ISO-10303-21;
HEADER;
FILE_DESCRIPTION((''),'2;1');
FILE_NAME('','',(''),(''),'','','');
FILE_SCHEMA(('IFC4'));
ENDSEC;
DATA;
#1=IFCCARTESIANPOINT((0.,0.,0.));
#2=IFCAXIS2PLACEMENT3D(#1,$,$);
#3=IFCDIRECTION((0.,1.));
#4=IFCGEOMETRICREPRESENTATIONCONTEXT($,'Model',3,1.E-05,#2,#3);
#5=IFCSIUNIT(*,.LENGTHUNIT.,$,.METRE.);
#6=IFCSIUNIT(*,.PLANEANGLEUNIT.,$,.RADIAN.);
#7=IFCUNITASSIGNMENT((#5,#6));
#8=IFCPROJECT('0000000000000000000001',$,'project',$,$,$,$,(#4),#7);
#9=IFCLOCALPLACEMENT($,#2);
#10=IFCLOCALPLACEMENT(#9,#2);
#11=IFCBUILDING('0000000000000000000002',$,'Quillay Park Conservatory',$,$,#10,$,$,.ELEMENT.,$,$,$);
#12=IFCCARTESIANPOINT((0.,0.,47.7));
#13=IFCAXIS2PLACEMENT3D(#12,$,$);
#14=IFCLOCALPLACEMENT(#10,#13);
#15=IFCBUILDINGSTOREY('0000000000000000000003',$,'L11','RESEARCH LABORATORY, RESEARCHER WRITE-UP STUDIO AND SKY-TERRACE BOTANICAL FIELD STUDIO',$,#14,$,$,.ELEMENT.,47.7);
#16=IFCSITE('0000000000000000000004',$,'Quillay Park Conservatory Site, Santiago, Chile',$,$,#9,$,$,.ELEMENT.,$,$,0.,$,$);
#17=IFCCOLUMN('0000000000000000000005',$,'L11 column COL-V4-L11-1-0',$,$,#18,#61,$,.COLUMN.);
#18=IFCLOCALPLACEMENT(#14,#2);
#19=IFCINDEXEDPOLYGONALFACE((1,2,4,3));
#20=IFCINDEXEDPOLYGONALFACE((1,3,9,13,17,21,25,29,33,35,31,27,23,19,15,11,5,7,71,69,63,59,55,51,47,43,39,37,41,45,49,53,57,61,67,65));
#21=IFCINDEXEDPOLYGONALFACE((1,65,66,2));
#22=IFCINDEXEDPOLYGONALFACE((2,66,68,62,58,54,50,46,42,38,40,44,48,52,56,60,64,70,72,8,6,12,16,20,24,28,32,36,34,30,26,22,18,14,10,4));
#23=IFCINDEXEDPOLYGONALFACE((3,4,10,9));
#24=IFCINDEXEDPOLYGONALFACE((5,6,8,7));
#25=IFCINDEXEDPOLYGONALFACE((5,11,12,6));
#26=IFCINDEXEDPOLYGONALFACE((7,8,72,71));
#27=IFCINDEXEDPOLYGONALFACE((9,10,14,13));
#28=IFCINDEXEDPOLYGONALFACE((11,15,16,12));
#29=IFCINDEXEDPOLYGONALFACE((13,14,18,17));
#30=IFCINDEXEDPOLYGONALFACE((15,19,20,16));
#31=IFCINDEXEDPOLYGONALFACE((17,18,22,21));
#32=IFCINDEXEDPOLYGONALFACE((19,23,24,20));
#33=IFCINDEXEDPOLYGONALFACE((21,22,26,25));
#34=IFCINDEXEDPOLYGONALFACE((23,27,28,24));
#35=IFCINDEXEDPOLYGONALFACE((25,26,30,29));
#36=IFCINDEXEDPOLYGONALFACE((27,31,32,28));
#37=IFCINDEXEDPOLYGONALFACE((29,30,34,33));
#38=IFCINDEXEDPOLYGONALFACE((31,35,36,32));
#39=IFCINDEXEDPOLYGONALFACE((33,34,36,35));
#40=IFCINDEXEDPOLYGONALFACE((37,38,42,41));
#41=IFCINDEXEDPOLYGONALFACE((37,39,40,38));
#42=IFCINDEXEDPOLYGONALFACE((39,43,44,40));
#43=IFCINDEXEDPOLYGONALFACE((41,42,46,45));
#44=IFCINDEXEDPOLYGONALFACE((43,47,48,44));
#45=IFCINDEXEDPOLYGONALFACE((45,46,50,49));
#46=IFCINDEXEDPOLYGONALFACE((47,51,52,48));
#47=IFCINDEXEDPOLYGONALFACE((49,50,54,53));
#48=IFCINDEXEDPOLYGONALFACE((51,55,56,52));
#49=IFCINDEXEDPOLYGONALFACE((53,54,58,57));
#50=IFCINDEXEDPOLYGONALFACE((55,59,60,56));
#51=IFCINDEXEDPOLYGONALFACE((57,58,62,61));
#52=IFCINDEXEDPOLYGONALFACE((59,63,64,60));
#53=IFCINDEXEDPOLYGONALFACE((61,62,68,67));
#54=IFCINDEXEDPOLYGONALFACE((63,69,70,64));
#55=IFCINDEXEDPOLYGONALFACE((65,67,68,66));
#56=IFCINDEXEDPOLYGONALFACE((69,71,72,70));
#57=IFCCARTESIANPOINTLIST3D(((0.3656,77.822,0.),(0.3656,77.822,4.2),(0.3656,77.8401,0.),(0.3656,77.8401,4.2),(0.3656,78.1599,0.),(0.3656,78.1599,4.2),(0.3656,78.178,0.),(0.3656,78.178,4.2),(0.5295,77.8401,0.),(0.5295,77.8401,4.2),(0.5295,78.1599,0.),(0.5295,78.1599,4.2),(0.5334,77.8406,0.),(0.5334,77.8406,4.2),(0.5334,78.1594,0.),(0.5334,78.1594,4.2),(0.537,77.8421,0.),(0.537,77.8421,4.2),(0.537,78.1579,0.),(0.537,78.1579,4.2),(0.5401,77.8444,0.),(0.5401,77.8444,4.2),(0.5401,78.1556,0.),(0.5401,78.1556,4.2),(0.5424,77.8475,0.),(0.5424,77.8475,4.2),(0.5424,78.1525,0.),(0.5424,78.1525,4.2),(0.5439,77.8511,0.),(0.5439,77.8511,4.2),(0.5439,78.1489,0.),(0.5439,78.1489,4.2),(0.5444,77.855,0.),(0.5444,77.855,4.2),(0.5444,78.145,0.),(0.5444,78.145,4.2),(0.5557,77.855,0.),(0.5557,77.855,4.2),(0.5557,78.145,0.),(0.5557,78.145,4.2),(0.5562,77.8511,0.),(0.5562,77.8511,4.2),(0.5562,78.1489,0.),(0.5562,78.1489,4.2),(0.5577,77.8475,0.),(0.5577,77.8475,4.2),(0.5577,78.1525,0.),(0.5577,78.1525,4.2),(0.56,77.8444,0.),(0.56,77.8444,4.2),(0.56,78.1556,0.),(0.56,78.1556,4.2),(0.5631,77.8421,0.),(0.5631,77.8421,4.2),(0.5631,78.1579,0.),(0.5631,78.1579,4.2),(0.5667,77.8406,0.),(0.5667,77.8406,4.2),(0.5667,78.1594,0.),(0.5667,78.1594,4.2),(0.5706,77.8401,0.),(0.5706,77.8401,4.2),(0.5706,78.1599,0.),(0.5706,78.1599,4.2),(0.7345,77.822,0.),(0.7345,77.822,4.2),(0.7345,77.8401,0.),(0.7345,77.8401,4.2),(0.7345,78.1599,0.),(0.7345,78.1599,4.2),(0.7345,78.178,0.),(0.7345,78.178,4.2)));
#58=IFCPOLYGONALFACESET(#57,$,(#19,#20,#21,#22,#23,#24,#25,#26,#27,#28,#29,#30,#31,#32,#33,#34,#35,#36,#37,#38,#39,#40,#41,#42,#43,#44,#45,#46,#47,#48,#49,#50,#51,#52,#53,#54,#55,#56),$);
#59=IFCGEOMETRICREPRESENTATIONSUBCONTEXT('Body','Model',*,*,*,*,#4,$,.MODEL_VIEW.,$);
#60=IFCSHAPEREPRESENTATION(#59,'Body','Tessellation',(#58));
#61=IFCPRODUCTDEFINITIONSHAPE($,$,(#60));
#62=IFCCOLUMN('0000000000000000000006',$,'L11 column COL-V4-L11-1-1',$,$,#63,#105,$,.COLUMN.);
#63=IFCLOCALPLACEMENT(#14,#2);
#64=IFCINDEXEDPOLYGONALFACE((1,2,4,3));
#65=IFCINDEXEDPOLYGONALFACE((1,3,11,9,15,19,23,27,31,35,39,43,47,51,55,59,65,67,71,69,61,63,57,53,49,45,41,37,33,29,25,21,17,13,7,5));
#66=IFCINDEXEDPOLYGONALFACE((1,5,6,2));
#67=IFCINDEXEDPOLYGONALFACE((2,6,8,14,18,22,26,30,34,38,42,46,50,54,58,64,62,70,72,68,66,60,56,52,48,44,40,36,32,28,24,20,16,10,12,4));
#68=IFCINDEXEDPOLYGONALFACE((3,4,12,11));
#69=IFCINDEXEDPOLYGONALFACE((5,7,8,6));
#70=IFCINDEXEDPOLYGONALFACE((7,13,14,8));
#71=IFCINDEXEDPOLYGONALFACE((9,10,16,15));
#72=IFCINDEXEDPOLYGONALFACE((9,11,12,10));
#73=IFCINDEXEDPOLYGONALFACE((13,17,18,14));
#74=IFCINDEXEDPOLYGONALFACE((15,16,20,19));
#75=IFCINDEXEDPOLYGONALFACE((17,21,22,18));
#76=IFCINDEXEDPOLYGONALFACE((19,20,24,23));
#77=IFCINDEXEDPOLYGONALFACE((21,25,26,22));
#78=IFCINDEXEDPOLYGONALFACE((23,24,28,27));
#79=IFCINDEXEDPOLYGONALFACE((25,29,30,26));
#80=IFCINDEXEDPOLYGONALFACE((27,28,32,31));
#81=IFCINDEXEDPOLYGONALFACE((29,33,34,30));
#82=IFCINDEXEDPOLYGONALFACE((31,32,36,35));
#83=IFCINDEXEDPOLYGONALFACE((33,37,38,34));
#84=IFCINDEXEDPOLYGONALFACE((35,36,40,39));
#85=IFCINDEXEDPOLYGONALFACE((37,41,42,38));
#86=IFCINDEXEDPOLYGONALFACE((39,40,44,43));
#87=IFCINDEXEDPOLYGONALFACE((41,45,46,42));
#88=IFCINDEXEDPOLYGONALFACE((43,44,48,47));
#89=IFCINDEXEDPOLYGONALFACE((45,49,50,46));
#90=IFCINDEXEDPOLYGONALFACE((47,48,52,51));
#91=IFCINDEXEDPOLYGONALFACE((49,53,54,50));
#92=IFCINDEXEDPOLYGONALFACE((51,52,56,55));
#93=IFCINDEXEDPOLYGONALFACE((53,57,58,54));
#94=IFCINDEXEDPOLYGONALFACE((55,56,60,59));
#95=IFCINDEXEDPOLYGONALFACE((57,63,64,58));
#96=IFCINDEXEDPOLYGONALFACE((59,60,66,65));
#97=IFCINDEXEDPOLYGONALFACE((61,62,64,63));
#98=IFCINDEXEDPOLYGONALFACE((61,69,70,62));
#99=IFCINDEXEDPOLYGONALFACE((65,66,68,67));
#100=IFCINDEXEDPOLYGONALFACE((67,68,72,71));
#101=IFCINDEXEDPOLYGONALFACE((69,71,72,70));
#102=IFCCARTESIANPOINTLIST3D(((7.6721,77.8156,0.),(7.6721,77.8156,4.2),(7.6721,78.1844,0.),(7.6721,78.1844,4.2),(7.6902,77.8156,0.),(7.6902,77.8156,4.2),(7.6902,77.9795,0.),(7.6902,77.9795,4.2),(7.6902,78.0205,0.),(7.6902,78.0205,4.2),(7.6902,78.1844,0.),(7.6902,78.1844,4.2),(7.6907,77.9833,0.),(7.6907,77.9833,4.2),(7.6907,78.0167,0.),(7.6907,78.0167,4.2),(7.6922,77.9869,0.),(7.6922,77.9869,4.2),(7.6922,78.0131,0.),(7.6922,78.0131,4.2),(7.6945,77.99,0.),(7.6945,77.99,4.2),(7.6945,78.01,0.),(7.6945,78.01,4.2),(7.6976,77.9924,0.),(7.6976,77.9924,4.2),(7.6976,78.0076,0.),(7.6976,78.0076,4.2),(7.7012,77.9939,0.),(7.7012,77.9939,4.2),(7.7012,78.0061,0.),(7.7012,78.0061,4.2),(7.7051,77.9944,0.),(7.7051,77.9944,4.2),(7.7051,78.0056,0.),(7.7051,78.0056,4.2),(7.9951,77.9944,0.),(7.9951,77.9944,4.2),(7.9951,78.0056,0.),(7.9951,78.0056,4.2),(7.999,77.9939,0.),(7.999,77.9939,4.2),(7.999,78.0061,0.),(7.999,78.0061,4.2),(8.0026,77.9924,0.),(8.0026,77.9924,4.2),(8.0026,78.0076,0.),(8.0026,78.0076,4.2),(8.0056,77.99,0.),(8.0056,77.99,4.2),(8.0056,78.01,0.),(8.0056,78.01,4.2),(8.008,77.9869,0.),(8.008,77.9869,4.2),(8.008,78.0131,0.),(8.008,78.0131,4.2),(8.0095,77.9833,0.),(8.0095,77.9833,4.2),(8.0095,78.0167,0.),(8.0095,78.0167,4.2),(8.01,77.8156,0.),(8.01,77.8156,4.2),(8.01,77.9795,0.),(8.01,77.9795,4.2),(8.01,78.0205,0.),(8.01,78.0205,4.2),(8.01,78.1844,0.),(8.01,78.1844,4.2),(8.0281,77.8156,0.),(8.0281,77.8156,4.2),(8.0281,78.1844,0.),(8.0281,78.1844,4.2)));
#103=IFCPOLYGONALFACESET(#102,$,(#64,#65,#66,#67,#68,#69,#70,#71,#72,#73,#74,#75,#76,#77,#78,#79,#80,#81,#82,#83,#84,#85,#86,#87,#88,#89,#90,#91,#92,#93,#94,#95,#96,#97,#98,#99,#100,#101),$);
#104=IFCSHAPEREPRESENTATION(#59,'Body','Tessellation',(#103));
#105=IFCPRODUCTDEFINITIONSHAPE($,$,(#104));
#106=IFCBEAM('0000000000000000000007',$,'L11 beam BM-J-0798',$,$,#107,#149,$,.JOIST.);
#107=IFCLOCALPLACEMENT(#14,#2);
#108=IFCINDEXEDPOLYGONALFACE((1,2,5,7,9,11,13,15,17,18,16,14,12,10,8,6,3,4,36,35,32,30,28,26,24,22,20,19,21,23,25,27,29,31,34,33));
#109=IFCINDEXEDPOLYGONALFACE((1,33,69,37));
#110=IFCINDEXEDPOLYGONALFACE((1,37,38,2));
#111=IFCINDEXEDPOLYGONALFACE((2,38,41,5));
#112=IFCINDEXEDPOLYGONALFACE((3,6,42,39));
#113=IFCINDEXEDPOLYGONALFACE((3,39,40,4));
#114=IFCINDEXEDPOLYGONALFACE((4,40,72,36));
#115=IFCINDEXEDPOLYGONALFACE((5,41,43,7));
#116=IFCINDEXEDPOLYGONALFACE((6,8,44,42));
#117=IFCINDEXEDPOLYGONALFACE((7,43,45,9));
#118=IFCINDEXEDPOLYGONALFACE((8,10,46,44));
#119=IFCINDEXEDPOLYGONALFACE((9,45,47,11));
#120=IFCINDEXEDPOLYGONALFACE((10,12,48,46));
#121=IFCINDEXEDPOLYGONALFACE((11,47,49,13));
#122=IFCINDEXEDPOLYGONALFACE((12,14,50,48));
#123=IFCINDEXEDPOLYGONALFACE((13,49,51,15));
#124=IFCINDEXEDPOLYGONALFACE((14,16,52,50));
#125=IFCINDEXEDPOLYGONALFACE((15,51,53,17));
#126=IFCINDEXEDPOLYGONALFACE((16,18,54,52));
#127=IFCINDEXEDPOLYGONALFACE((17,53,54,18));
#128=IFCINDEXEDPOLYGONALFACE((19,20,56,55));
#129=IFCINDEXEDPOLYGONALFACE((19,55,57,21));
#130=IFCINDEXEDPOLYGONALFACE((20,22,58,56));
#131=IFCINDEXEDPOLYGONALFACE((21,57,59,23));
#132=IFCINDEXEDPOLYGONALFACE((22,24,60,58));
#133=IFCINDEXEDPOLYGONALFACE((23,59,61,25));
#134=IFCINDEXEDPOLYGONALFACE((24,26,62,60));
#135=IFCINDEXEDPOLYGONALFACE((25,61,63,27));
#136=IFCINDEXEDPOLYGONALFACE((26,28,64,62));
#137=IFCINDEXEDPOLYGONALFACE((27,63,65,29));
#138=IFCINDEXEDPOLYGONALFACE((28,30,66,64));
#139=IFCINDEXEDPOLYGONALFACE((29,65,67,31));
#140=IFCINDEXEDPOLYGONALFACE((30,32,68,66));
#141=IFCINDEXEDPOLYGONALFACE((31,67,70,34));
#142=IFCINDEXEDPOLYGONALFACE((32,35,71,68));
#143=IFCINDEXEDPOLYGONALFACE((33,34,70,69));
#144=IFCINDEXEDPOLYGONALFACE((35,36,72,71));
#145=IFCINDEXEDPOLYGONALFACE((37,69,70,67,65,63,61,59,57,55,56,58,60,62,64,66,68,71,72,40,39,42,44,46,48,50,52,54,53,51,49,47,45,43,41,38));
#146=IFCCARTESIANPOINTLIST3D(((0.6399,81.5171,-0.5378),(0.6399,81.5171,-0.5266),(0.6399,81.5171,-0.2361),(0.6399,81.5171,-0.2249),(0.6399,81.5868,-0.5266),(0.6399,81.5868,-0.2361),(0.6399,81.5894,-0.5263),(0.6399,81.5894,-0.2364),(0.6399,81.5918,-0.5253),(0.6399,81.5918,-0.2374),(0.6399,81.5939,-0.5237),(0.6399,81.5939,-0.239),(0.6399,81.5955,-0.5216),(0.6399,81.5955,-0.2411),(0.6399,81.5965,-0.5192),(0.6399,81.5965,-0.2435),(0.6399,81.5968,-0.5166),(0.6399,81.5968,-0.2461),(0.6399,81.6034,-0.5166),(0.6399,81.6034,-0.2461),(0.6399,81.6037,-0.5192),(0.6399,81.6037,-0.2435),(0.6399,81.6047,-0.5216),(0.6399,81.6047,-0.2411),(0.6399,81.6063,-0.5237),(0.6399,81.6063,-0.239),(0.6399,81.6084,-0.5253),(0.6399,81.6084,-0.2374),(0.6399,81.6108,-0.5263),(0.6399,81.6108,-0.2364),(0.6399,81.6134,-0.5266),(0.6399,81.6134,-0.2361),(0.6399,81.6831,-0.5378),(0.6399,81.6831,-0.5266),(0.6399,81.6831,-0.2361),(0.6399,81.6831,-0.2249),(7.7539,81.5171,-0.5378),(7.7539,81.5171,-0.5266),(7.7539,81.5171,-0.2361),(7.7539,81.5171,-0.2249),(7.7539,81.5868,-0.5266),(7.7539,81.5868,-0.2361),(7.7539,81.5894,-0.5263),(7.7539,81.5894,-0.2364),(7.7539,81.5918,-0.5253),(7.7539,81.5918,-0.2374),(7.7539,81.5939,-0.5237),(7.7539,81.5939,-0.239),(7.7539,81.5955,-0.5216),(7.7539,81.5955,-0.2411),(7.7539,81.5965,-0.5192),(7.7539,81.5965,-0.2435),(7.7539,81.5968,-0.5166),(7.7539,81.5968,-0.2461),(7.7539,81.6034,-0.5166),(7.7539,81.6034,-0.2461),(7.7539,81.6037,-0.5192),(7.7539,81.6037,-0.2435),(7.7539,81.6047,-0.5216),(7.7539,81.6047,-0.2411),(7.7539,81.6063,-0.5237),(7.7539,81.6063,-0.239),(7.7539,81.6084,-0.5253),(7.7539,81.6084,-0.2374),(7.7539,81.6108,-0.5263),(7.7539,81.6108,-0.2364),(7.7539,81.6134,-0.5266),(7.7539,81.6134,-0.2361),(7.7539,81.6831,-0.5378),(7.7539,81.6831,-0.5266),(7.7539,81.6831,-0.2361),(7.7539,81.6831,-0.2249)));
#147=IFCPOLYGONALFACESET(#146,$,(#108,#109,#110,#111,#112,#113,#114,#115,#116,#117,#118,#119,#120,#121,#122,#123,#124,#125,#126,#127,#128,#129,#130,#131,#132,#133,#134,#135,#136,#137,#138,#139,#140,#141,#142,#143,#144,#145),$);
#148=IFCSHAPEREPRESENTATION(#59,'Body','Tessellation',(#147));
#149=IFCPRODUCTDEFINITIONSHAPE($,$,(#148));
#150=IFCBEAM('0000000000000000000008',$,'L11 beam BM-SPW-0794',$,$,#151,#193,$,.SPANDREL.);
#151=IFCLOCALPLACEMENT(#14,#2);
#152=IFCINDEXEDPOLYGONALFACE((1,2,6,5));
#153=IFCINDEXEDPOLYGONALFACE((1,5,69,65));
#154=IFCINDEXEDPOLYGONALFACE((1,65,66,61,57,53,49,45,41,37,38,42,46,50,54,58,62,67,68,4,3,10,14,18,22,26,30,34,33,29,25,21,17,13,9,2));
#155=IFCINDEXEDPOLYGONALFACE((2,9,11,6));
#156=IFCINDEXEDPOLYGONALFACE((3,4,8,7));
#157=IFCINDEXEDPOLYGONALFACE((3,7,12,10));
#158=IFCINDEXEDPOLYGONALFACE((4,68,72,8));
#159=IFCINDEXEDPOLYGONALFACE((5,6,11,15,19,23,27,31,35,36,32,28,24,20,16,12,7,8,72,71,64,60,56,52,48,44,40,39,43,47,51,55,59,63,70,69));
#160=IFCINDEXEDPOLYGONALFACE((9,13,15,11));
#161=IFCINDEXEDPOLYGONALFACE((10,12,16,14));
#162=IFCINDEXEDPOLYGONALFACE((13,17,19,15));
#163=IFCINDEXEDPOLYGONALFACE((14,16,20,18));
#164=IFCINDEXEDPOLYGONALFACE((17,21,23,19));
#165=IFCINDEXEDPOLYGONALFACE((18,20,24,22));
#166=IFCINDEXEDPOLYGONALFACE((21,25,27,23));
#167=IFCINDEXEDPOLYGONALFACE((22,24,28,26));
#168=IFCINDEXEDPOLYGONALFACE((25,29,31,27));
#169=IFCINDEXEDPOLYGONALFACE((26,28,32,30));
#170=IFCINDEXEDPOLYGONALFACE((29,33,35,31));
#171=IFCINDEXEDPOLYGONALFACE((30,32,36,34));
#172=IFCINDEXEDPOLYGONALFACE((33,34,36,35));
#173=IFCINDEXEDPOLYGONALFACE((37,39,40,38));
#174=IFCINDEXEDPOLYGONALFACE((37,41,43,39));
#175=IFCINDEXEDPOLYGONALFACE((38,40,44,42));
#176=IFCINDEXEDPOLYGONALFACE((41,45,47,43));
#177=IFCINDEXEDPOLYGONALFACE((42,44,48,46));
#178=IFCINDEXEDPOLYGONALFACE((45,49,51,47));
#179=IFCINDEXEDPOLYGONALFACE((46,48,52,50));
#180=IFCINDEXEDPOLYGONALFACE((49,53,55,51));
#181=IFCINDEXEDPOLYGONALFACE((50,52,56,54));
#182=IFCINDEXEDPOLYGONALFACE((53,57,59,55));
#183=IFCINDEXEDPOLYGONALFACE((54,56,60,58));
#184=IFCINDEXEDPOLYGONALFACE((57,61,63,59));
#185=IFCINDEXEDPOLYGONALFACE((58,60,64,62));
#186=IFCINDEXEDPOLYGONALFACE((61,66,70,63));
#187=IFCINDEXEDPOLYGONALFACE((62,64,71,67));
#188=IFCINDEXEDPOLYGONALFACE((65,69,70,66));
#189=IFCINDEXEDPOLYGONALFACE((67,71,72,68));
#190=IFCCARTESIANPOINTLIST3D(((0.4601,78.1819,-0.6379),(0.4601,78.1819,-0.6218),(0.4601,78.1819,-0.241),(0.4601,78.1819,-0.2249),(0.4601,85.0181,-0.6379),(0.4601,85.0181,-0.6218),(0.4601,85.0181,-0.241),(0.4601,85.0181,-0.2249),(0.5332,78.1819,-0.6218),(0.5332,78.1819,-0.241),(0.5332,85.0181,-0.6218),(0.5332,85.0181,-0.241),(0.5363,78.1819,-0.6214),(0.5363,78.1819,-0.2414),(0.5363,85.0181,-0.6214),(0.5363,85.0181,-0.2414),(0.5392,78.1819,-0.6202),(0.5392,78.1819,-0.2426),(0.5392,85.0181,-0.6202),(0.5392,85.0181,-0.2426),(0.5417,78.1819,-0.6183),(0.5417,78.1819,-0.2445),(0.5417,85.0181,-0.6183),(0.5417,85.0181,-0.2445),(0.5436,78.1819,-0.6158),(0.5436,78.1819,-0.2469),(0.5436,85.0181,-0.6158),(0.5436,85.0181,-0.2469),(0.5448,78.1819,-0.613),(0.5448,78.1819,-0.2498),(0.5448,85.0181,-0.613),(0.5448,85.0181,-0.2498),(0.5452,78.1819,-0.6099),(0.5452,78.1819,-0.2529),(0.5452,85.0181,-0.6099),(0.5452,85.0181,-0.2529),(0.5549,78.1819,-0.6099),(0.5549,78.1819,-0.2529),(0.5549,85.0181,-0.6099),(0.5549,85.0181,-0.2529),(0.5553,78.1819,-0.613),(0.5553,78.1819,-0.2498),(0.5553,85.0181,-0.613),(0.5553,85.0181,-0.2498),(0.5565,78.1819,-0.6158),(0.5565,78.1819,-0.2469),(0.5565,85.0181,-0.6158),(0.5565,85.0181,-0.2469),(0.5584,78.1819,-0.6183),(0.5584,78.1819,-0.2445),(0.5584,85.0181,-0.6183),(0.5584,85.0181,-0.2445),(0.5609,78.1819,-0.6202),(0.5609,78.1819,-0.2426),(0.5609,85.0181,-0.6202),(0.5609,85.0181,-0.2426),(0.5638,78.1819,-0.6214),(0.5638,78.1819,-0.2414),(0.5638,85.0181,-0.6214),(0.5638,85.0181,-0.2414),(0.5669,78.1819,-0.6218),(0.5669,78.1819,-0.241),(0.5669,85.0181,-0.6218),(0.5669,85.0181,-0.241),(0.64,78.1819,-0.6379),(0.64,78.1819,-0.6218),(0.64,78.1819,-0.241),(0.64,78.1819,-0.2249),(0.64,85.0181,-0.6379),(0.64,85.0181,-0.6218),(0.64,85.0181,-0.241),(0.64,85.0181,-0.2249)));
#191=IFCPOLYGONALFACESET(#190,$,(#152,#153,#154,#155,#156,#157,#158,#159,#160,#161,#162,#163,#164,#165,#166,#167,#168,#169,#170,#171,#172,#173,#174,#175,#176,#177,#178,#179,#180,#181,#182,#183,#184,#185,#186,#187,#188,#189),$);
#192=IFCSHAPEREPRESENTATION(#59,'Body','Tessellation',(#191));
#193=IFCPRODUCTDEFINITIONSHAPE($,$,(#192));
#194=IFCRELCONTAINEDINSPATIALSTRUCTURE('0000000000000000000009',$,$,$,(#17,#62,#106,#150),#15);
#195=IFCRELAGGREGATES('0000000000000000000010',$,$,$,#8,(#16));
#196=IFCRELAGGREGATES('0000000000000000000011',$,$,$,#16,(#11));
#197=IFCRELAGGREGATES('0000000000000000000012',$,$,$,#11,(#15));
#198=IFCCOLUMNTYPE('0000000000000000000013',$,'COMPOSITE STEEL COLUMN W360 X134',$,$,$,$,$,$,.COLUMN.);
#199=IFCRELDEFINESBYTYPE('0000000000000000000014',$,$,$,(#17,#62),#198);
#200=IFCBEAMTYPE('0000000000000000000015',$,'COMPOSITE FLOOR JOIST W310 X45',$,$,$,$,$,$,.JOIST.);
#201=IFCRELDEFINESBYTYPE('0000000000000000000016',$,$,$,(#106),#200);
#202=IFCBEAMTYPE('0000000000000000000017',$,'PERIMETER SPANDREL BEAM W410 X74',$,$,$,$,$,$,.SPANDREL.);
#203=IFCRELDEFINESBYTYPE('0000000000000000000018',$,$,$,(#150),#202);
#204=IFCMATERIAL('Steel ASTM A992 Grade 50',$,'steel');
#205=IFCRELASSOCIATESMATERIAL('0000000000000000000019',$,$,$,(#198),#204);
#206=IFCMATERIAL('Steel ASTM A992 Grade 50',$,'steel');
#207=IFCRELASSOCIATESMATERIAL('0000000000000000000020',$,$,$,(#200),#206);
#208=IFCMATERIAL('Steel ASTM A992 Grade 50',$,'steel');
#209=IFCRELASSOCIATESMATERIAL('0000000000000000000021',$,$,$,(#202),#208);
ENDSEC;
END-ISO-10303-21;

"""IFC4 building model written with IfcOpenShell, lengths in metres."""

from ifc_helpers import new_model, si_unit, direction, frame, origin, origin_2d, place, context, subcontext, project, spatial, i_section, extrude, material, material_profile, profile_set, type_object, element, save


model = new_model("IFC4")

# Units and contexts
model_context = context("Model", 3, precision=1e-05, world=origin(), true_north=direction((0.0, 1.0)))
body_context = subcontext(model_context, "Body", "Model", "MODEL_VIEW")
ifc_project = project(units=[si_unit("LENGTHUNIT", "METRE"), si_unit("PLANEANGLEUNIT", "RADIAN")], contexts=[model_context])

# Site, building, storey
site_placement = place(None, origin())
site = spatial("IfcSite", under=ifc_project, at=site_placement, Name="Quillay Park Conservatory Site, Santiago, Chile", CompositionType="ELEMENT", RefElevation=0.0)
building_placement = place(site_placement, origin())
building = spatial("IfcBuilding", under=site, at=building_placement, Name="Quillay Park Conservatory", CompositionType="ELEMENT")
storey_placement = place(building_placement, frame((0.0, 0.0, 47.7)))
storey = spatial("IfcBuildingStorey", under=building, at=storey_placement, Name="L11", Description="RESEARCH LABORATORY, RESEARCHER WRITE-UP STUDIO AND SKY-TERRACE BOTANICAL FIELD STUDIO", CompositionType="ELEMENT", Elevation=47.7)

# Columns
ifc_material_1 = material(Name="Steel ASTM A992 Grade 50", Category="steel")
ifc_material_profile_1 = material_profile(ifc_material_1, i_section(OverallWidth=0.3689, OverallDepth=0.356, WebThickness=0.0112, FlangeThickness=0.0181, FilletRadius=0.0149, at=origin_2d()), Name="W360x134")
ifc_profile_set_1 = profile_set([ifc_material_profile_1], Name="Steel ASTM A992 Grade 50")
column_type = type_object("IfcColumnType", Name="COMPOSITE STEEL COLUMN W360 X134", PredefinedType="COLUMN", material=ifc_profile_set_1)
for number, where, z_axis, x_axis, name in (
    (1, (0.55, 78.0, 0.0), (0.0, 0.0, 1.0), (1.0, 0.0, 0.0), "L11 column COL-V4-L11-1-0"),
    (2, (7.8501, 78.0, 0.0), (0.0, 0.0, 1.0), (0.0, 1.0, 0.0), "L11 column COL-V4-L11-1-1"),
):
    element("IfcColumn", number, at=place(storey_placement, frame(where, z_axis=z_axis, x_axis=x_axis)), inside=storey, type_object=column_type, Name=name, PredefinedType="COLUMN", context=body_context, shape_type="SweptSolid", body=[
        extrude(i_section(OverallWidth=0.3689, OverallDepth=0.356, WebThickness=0.0112, FlangeThickness=0.0181, FilletRadius=0.0149, at=origin_2d()), origin(), (0.0, 0.0, 1.0), 4.2),
    ])

# Beams
ifc_material_2 = material(Name="Steel ASTM A992 Grade 50", Category="steel")
ifc_material_profile_2 = material_profile(ifc_material_2, i_section(OverallWidth=0.166, OverallDepth=0.313, WebThickness=0.0066, FlangeThickness=0.0112, FilletRadius=0.01, at=origin_2d()), Name="W310x45")
ifc_profile_set_2 = profile_set([ifc_material_profile_2], Name="Steel ASTM A992 Grade 50")
beam_type_1 = type_object("IfcBeamType", Name="COMPOSITE FLOOR JOIST W310 X45", PredefinedType="JOIST", material=ifc_profile_set_2)
beam_1_placement = place(storey_placement, frame((0.6399, 81.6001, -0.3813), z_axis=(1.0, 0.0, 0.0), x_axis=(0.0, 1.0, 0.0)))
element("IfcBeam", 3, at=beam_1_placement, inside=storey, type_object=beam_type_1, Name="L11 beam BM-J-0798", PredefinedType="JOIST", context=body_context, shape_type="SweptSolid", body=[
    extrude(i_section(OverallWidth=0.166, OverallDepth=0.313, WebThickness=0.0066, FlangeThickness=0.0112, FilletRadius=0.01, at=origin_2d()), origin(), (0.0, 0.0, 1.0), 7.114),
])
ifc_material_3 = material(Name="Steel ASTM A992 Grade 50", Category="steel")
ifc_material_profile_3 = material_profile(ifc_material_3, i_section(OverallWidth=0.1799, OverallDepth=0.4131, WebThickness=0.0098, FlangeThickness=0.0161, FilletRadius=0.012, at=origin_2d()), Name="W410x74")
ifc_profile_set_3 = profile_set([ifc_material_profile_3], Name="Steel ASTM A992 Grade 50")
beam_type_2 = type_object("IfcBeamType", Name="PERIMETER SPANDREL BEAM W410 X74", PredefinedType="SPANDREL", material=ifc_profile_set_3)
beam_2_placement = place(storey_placement, frame((0.55, 78.1819, -0.4314), z_axis=(0.0, 1.0, 0.0), x_axis=(-1.0, 0.0, 0.0)))
element("IfcBeam", 4, at=beam_2_placement, inside=storey, type_object=beam_type_2, Name="L11 beam BM-SPW-0794", PredefinedType="SPANDREL", context=body_context, shape_type="SweptSolid", body=[
    extrude(i_section(OverallWidth=0.1799, OverallDepth=0.4131, WebThickness=0.0098, FlangeThickness=0.0161, FilletRadius=0.012, at=origin_2d()), origin(), (0.0, 0.0, 1.0), 6.8362),
])

save(model, "model.ifc")
